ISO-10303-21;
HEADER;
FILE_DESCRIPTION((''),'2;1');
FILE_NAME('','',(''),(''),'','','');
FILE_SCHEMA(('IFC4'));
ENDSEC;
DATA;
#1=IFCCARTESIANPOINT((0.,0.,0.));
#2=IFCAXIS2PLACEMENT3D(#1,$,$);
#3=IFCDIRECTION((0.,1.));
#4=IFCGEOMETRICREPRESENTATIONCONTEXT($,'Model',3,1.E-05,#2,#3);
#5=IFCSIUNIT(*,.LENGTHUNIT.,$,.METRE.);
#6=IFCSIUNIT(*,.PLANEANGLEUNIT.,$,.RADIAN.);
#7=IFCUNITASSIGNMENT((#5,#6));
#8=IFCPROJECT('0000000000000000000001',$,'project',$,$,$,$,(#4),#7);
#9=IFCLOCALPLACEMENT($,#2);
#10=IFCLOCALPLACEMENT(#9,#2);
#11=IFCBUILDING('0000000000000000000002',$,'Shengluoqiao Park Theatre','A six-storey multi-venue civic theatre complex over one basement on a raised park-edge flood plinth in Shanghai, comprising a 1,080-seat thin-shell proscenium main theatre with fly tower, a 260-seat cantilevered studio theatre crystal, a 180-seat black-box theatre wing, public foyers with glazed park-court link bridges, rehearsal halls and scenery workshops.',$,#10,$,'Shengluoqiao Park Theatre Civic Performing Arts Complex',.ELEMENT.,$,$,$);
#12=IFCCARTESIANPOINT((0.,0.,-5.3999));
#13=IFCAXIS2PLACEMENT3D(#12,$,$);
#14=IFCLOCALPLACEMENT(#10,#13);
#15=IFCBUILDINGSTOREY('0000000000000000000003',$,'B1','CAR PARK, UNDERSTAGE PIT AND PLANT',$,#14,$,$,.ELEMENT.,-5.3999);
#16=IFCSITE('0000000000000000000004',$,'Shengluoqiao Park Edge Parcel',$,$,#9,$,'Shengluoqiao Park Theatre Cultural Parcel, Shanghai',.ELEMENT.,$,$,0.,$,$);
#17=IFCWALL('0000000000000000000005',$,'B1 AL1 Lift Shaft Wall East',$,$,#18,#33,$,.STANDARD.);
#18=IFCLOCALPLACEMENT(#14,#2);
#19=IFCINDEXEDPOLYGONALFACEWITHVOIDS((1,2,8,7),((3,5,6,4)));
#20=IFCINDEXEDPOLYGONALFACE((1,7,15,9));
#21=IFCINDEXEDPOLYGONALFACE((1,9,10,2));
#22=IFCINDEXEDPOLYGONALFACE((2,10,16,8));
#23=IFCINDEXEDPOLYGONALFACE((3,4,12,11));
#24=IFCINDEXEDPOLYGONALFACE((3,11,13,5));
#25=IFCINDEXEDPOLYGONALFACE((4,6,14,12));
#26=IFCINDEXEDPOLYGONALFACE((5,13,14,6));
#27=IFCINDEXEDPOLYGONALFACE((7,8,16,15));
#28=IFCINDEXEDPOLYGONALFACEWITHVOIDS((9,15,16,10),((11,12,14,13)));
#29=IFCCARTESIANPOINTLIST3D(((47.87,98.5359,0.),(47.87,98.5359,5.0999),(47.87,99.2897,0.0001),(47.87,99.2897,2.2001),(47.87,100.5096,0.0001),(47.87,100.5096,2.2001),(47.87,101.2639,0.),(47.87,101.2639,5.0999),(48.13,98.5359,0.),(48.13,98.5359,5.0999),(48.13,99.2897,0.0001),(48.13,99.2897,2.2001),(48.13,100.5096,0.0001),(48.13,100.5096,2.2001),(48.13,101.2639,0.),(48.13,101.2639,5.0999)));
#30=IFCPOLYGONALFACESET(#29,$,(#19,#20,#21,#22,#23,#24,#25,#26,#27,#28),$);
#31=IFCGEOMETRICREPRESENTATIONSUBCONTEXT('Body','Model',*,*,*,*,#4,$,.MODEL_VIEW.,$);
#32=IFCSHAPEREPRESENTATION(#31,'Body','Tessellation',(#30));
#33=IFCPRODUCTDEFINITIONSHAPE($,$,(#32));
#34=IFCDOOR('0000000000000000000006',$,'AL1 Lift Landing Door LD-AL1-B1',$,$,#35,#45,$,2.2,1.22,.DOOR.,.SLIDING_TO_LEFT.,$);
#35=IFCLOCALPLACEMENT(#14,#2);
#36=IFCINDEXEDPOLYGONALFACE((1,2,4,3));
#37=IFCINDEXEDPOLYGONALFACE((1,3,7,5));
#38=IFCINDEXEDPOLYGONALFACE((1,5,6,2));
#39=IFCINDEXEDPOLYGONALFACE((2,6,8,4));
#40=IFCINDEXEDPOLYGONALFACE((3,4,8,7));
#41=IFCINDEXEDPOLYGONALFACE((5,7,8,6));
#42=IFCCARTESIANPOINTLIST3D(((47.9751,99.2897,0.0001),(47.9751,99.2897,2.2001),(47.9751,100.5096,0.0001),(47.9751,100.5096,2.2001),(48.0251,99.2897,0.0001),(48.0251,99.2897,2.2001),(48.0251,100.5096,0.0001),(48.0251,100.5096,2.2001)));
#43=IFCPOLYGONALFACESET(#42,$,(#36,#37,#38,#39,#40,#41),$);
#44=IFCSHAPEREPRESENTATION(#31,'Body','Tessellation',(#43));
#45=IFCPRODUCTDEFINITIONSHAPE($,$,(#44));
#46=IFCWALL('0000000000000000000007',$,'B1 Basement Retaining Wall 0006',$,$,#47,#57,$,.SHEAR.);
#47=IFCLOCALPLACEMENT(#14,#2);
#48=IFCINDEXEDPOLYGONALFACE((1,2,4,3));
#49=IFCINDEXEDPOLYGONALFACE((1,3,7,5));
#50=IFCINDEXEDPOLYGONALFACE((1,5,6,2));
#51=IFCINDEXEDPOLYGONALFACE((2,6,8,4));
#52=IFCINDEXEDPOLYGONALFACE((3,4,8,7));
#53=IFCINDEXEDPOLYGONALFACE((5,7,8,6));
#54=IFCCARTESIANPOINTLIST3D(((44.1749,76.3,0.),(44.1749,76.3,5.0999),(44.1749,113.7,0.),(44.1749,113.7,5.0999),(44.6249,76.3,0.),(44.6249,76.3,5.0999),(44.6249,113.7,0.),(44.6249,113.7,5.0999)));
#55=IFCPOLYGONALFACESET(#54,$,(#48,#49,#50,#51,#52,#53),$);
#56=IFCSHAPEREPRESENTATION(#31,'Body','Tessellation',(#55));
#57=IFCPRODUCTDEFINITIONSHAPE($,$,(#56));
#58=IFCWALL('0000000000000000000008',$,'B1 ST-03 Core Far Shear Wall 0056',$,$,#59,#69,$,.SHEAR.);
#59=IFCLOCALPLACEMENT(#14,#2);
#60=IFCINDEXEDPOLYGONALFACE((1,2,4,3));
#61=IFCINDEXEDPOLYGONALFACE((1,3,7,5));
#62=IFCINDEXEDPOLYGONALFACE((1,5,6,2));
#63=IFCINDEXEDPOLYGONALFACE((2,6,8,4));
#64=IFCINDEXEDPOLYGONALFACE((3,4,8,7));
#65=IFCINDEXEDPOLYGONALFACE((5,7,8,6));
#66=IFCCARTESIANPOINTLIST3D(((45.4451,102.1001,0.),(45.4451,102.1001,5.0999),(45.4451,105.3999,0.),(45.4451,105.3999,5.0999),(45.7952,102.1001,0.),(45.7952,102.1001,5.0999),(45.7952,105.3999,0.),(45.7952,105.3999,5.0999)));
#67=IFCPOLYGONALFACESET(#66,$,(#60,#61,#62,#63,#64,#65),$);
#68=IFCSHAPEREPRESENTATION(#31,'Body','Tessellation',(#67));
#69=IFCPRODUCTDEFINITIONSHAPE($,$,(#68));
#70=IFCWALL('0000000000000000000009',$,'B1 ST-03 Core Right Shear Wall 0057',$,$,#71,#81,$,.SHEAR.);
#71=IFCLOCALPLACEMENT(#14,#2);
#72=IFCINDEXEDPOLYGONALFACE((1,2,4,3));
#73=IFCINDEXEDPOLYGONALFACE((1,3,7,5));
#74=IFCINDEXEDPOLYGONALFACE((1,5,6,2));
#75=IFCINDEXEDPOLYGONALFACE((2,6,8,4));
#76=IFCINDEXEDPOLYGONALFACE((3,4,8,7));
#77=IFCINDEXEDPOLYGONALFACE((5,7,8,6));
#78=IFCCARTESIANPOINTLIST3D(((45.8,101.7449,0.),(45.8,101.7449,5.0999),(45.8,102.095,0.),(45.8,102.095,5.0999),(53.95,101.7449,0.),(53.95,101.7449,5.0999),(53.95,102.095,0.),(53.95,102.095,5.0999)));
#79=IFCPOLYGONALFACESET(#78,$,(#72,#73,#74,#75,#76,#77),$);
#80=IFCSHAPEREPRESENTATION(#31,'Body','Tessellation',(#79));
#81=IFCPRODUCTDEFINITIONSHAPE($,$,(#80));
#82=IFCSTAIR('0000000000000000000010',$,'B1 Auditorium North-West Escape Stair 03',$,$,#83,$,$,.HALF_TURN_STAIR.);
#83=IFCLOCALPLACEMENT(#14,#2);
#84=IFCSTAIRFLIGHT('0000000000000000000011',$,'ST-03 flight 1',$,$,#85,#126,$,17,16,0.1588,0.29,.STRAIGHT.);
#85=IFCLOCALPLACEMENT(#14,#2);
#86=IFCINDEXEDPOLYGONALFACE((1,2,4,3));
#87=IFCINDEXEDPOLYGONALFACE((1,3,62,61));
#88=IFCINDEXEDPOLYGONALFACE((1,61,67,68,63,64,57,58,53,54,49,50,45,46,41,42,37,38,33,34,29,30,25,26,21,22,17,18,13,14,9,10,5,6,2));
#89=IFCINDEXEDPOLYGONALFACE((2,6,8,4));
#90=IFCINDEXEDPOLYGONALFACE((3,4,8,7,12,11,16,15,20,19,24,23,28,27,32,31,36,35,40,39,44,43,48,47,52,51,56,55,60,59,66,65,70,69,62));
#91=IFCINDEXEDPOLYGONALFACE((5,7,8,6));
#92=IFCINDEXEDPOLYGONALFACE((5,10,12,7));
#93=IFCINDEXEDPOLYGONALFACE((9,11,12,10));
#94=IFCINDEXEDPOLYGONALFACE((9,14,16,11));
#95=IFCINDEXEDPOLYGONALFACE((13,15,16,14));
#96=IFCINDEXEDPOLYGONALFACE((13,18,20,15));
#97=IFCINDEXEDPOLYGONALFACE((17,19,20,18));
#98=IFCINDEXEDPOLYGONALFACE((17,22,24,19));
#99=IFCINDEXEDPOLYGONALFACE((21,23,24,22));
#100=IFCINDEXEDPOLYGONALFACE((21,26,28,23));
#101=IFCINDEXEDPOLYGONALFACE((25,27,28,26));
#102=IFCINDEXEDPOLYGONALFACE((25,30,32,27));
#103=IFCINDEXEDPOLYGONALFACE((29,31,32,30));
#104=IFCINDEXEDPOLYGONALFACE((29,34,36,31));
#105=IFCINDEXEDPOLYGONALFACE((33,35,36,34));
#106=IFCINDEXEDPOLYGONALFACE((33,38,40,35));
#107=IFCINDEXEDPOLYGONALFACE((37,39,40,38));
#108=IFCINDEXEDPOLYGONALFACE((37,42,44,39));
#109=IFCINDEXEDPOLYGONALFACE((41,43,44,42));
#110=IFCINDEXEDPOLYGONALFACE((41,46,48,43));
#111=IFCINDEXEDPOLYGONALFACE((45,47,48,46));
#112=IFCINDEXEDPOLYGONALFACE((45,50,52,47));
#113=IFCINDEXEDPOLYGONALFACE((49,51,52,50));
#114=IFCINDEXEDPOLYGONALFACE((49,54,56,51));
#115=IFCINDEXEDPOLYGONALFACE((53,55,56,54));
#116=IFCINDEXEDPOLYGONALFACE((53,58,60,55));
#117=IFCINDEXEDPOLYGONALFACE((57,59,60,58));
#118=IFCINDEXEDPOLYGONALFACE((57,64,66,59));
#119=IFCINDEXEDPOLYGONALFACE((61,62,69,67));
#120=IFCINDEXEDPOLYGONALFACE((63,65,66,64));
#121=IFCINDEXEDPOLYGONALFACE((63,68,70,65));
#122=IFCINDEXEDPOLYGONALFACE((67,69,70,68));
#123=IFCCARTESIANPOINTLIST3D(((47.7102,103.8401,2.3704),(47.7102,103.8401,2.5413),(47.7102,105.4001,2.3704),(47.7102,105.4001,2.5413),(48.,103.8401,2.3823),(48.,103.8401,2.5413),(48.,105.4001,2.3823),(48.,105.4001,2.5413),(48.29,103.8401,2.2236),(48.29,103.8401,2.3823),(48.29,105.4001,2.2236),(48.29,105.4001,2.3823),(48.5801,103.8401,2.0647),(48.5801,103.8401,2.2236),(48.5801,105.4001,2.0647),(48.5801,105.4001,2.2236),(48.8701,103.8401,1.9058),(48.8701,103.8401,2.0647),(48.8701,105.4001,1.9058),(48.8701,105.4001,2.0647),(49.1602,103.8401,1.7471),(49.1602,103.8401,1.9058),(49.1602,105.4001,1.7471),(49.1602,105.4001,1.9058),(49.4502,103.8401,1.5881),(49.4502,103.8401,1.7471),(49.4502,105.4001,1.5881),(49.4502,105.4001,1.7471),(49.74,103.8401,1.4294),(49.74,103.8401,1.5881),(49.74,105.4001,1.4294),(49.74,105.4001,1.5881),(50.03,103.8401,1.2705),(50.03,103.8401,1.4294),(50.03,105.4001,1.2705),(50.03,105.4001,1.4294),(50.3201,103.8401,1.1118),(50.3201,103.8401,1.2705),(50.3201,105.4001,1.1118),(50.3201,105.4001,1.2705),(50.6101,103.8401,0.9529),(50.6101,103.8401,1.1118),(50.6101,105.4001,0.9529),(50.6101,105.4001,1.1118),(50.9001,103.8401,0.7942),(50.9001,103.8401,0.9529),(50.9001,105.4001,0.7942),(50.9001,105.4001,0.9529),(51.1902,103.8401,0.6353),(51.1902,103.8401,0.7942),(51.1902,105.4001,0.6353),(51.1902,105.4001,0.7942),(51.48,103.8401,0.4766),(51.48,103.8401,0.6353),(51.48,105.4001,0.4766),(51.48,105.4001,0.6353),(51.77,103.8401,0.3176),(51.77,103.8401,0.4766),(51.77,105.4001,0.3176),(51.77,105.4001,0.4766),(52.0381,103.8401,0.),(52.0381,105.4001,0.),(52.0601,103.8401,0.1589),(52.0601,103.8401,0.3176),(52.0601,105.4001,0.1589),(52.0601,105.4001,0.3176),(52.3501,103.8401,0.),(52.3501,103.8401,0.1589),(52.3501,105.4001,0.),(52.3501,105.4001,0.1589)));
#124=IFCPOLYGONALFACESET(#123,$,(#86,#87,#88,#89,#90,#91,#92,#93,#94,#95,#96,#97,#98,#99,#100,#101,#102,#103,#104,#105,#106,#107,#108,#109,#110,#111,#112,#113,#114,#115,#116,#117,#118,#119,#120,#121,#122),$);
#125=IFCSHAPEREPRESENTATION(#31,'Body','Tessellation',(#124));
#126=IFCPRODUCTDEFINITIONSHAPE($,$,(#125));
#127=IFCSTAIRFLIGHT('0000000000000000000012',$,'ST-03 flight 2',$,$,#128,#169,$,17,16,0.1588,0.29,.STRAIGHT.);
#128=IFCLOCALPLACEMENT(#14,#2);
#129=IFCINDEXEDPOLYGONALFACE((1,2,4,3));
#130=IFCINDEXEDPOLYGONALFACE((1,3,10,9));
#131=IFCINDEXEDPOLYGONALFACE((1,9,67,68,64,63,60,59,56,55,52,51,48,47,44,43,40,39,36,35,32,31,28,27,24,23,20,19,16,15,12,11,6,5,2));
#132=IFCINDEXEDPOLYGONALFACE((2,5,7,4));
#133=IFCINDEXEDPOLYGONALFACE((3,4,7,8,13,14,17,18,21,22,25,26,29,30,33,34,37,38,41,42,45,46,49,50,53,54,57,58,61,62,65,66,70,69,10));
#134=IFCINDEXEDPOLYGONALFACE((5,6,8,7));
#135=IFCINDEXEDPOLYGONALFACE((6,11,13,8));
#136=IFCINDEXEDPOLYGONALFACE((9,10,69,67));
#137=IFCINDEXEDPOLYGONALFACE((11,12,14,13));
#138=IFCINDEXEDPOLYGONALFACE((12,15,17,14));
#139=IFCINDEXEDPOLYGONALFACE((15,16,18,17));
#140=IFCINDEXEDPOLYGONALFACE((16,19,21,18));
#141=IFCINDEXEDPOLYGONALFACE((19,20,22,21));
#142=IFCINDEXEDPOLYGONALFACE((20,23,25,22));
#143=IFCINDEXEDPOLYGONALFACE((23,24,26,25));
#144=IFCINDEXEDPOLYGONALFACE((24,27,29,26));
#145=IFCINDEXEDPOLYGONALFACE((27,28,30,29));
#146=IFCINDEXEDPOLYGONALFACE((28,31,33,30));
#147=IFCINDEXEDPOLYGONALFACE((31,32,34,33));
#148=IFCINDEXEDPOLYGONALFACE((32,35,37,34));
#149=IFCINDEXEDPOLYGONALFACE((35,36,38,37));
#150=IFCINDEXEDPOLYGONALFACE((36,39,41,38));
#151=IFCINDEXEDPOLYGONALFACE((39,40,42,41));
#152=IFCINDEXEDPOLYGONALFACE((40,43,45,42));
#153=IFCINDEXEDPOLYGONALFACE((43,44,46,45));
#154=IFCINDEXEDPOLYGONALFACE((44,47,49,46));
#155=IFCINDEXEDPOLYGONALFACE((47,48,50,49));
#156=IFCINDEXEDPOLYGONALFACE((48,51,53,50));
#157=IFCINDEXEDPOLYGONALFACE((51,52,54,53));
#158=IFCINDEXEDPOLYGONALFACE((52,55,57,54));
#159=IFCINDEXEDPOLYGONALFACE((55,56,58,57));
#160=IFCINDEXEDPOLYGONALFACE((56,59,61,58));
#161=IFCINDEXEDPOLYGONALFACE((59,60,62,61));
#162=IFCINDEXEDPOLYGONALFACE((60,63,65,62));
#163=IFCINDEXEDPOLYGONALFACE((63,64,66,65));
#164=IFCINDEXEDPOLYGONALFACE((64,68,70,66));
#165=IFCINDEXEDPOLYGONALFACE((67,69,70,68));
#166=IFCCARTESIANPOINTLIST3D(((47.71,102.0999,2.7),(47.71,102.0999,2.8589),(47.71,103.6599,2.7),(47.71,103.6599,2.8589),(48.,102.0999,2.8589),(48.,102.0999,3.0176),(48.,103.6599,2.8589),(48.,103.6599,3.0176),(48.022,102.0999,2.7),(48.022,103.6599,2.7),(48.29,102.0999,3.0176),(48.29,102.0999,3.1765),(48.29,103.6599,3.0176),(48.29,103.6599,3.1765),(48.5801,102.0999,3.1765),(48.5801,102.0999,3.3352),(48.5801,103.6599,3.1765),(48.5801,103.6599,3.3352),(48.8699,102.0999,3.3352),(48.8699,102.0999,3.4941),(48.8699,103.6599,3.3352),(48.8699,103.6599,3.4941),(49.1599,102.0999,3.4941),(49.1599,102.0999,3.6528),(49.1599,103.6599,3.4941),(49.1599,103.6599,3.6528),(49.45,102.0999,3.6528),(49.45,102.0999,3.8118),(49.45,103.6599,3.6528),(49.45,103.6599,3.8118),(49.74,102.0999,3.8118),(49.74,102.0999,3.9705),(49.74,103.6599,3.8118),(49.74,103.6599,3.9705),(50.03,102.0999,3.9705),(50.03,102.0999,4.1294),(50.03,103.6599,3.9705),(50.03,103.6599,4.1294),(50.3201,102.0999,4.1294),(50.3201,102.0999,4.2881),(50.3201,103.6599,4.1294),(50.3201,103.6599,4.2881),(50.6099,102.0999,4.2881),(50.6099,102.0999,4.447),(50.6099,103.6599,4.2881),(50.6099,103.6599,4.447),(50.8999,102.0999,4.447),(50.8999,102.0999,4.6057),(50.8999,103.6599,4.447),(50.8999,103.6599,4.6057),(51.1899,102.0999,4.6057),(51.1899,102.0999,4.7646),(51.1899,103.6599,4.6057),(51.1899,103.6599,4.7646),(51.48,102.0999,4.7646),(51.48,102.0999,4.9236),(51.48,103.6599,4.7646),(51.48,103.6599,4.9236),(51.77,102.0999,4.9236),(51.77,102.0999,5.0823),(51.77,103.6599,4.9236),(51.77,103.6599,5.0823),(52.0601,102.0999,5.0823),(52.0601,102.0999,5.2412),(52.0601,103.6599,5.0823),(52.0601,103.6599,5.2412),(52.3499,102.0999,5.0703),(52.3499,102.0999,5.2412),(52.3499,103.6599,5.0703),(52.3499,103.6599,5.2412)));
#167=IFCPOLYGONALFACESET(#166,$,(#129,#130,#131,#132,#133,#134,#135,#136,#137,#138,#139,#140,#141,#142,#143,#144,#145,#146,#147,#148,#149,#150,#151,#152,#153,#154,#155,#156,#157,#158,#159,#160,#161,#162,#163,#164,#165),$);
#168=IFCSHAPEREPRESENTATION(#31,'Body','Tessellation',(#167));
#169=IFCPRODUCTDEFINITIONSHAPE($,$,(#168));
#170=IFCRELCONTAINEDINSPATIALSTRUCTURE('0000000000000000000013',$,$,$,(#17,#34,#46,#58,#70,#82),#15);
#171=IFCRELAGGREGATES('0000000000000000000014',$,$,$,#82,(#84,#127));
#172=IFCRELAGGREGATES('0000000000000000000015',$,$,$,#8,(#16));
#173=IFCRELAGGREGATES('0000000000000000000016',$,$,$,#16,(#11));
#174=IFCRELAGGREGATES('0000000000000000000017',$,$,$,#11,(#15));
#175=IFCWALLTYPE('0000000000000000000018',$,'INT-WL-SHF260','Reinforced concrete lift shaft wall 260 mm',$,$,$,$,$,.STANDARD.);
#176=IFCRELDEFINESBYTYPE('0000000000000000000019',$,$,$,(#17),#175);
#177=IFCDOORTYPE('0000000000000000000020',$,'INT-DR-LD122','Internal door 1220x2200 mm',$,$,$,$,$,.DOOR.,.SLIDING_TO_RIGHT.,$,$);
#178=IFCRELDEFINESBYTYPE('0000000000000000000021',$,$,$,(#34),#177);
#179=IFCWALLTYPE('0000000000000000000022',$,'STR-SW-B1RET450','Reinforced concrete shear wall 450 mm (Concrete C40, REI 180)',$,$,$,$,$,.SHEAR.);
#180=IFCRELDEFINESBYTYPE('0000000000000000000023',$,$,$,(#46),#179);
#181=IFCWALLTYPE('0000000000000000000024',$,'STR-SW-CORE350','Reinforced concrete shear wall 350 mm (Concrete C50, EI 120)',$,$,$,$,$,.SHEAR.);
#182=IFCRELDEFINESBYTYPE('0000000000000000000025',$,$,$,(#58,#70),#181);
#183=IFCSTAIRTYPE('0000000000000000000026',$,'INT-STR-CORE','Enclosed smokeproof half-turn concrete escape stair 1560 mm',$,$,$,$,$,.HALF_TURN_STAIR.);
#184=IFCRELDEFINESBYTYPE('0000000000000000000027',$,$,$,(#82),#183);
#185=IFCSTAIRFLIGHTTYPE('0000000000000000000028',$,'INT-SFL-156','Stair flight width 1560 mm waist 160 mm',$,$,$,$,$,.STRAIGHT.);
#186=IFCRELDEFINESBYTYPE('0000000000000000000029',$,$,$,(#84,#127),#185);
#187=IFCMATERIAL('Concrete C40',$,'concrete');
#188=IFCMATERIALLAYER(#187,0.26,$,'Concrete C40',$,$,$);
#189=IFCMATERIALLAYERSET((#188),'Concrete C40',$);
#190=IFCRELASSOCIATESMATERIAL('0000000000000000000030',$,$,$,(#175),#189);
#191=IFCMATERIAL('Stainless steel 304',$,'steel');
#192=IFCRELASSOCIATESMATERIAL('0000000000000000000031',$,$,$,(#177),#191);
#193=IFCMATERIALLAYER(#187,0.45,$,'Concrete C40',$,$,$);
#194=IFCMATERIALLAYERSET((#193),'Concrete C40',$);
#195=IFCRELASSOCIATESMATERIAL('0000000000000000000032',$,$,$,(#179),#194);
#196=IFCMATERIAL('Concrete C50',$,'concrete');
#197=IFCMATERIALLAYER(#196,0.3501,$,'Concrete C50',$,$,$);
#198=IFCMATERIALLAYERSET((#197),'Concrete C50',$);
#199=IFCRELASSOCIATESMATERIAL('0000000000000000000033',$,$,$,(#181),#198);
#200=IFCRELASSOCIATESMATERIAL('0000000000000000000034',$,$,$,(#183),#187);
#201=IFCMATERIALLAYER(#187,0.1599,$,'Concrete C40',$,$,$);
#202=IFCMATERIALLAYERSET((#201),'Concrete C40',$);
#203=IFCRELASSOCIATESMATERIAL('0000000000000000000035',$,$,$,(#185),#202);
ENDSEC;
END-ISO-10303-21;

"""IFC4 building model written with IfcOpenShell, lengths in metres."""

from ifc_helpers import new_model, si_unit, direction, frame, frame_2d, origin, place, context, subcontext, project, spatial, polyline, rectangle, outline, extrude, material, layer, layer_set, type_object, element, fill, aggregate, save


model = new_model("IFC4")

# Units and contexts
model_context = context("Model", 3, precision=1e-05, world=origin(), true_north=direction((0.0, 1.0)))
body_context = subcontext(model_context, "Body", "Model", "MODEL_VIEW")
ifc_project = project(units=[si_unit("LENGTHUNIT", "METRE"), si_unit("PLANEANGLEUNIT", "RADIAN")], contexts=[model_context])

# Site, building, storey
site_placement = place(None, origin())
site = spatial("IfcSite", under=ifc_project, at=site_placement, Name="Shengluoqiao Park Edge Parcel", LongName="Shengluoqiao Park Theatre Cultural Parcel, Shanghai", CompositionType="ELEMENT", RefElevation=0.0)
building_placement = place(site_placement, origin())
building = spatial("IfcBuilding", under=site, at=building_placement, Name="Shengluoqiao Park Theatre", Description="A six-storey multi-venue civic theatre complex over one basement on a raised park-edge flood plinth in Shanghai, comprising a 1,080-seat thin-shell proscenium main theatre with fly tower, a 260-seat cantilevered studio theatre crystal, a 180-seat black-box theatre wing, public foyers with glazed park-court link bridges, rehearsal halls and scenery workshops.", LongName="Shengluoqiao Park Theatre Civic Performing Arts Complex", CompositionType="ELEMENT")
storey_placement = place(building_placement, frame((0.0, 0.0, -5.3999)))
storey = spatial("IfcBuildingStorey", under=building, at=storey_placement, Name="B1", Description="CAR PARK, UNDERSTAGE PIT AND PLANT", CompositionType="ELEMENT", Elevation=-5.3999)

# Shared definitions
ifc_material_1 = material(Name="Concrete C40", Category="concrete")

# Shared definitions
ifc_material_2 = material(Name="Concrete C50", Category="concrete")

# Shared definitions
ifc_layer_1 = layer(ifc_material_1, 0.26, Name="Concrete C40")
ifc_layer_set_1 = layer_set([ifc_layer_1], Name="Concrete C40")
wall_type_1 = type_object("IfcWallType", Name="INT-WL-SHF260", Description="Reinforced concrete lift shaft wall 260 mm", PredefinedType="STANDARD", material=ifc_layer_set_1)

# Shared definitions
ifc_material_3 = material(Name="Stainless steel 304", Category="steel")
door_type = type_object("IfcDoorType", Name="INT-DR-LD122", Description="Internal door 1220x2200 mm", OperationType="SLIDING_TO_RIGHT", PredefinedType="DOOR", material=ifc_material_3)

# Wall, opening, door
wall_1_placement = place(storey_placement, frame((48.0, 98.5359, 0.0), z_axis=(0.0, 0.0, 1.0), x_axis=(0.0, 1.0, 0.0)))
wall_1 = element("IfcWall", 1, at=wall_1_placement, inside=storey, type_object=wall_type_1, Name="B1 AL1 Lift Shaft Wall East", PredefinedType="STANDARD", context=body_context, shape_type="SweptSolid", body=[
    extrude(rectangle(XDim=2.728, YDim=0.26, at=frame_2d((1.364, 0.0))), origin(), (0.0, 0.0, 1.0), 5.0999),
])
opening_1_placement = place(wall_1_placement, frame((0.7539, 0.0, 0.0)))
opening_1 = element("IfcOpeningElement", 2, at=opening_1_placement, cuts=wall_1, PredefinedType="OPENING", context=body_context, shape_type="SweptSolid", body=[
    extrude(rectangle(XDim=1.22, YDim=2.2, at=frame_2d((0.6099, 1.1001))), frame((0.0, 0.1399, 0.0), z_axis=(0.0, -1.0, 0.0), x_axis=(1.0, 0.0, 0.0)), (0.0, 0.0, 1.0), 0.28),
])
door_1_placement = place(opening_1_placement, origin())
door_1 = element("IfcDoor", 3, at=door_1_placement, inside=storey, type_object=door_type, Name="AL1 Lift Landing Door LD-AL1-B1", OperationType="SLIDING_TO_LEFT", OverallHeight=2.2, OverallWidth=1.22, PredefinedType="DOOR", context=body_context, shape_type="SweptSolid", body=[
    extrude(rectangle(XDim=1.22, YDim=2.2, at=frame_2d((0.6099, 1.1001))), frame((0.0, 0.0249, 0.0), z_axis=(0.0, -1.0, 0.0), x_axis=(1.0, 0.0, 0.0)), (0.0, 0.0, 1.0), 0.05),
])
fill(opening_1, door_1)

# Walls
ifc_layer_2 = layer(ifc_material_1, 0.45, Name="Concrete C40")
ifc_layer_set_2 = layer_set([ifc_layer_2], Name="Concrete C40")
wall_type_2 = type_object("IfcWallType", Name="STR-SW-B1RET450", Description="Reinforced concrete shear wall 450 mm (Concrete C40, REI 180)", PredefinedType="SHEAR", material=ifc_layer_set_2)
wall_2_placement = place(storey_placement, frame((44.3999, 113.7, 0.0), z_axis=(0.0, 0.0, 1.0), x_axis=(0.0, -1.0, 0.0)))
element("IfcWall", 4, at=wall_2_placement, inside=storey, type_object=wall_type_2, Name="B1 Basement Retaining Wall 0006", PredefinedType="SHEAR", context=body_context, shape_type="SweptSolid", body=[
    extrude(rectangle(XDim=37.3999, YDim=0.45, at=frame_2d((18.7, 0.0))), origin(), (0.0, 0.0, 1.0), 5.0999),
])
ifc_layer_3 = layer(ifc_material_2, 0.3501, Name="Concrete C50")
ifc_layer_set_3 = layer_set([ifc_layer_3], Name="Concrete C50")
wall_type_3 = type_object("IfcWallType", Name="STR-SW-CORE350", Description="Reinforced concrete shear wall 350 mm (Concrete C50, EI 120)", PredefinedType="SHEAR", material=ifc_layer_set_3)
wall_3_placement = place(storey_placement, frame((45.6201, 105.3999, 0.0), z_axis=(0.0, 0.0, 1.0), x_axis=(0.0, -1.0, 0.0)))
element("IfcWall", 5, at=wall_3_placement, inside=storey, type_object=wall_type_3, Name="B1 ST-03 Core Far Shear Wall 0056", PredefinedType="SHEAR", context=body_context, shape_type="SweptSolid", body=[
    extrude(rectangle(XDim=3.2998, YDim=0.3501, at=frame_2d((1.6499, 0.0))), origin(), (0.0, 0.0, 1.0), 5.0999),
])
wall_4_placement = place(storey_placement, frame((45.8, 101.9199, 0.0), z_axis=(0.0, 0.0, 1.0), x_axis=(1.0, 0.0, 0.0)))
element("IfcWall", 6, at=wall_4_placement, inside=storey, type_object=wall_type_3, Name="B1 ST-03 Core Right Shear Wall 0057", PredefinedType="SHEAR", context=body_context, shape_type="SweptSolid", body=[
    extrude(rectangle(XDim=8.1499, YDim=0.3501, at=frame_2d((4.075, 0.0))), origin(), (0.0, 0.0, 1.0), 5.0999),
])

# Stair, stair flights
stair_type = type_object("IfcStairType", Name="INT-STR-CORE", Description="Enclosed smokeproof half-turn concrete escape stair 1560 mm", PredefinedType="HALF_TURN_STAIR", material=ifc_material_1)
stair_placement = place(storey_placement, origin())
stair = element("IfcStair", 7, at=stair_placement, inside=storey, type_object=stair_type, Name="B1 Auditorium North-West Escape Stair 03", PredefinedType="HALF_TURN_STAIR")
ifc_layer_4 = layer(ifc_material_1, 0.1599, Name="Concrete C40")
ifc_layer_set_4 = layer_set([ifc_layer_4], Name="Concrete C40")
stair_flight_type = type_object("IfcStairFlightType", Name="INT-SFL-156", Description="Stair flight width 1560 mm waist 160 mm", PredefinedType="STRAIGHT", material=ifc_layer_set_4)
stair_flight_1_placement = place(storey_placement, frame((52.3501, 104.6201, 0.0), z_axis=(0.0, 0.0, 1.0), x_axis=(-1.0, 0.0, 0.0)))
stair_flight_1 = element("IfcStairFlight", 8, at=stair_flight_1_placement, type_object=stair_flight_type, Name="ST-03 flight 1", NumberOfRisers=17, NumberOfTreads=16, PredefinedType="STRAIGHT", RiserHeight=0.1588, TreadLength=0.29, context=body_context, shape_type="SweptSolid", body=[
    extrude(outline(polyline([(0.0, 0.0), (0.0, 0.1589), (0.29, 0.1589), (0.29, 0.3176), (0.5801, 0.3176), (0.5801, 0.4766), (0.8701, 0.4766), (0.8701, 0.6353), (1.1599, 0.6353), (1.1599, 0.7942), (1.45, 0.7942), (1.45, 0.9529), (1.74, 0.9529), (1.74, 1.1118), (2.03, 1.1118), (2.03, 1.2705), (2.3201, 1.2705), (2.3201, 1.4294), (2.6101, 1.4294), (2.6101, 1.5881), (2.8999, 1.5881), (2.8999, 1.7471), (3.1899, 1.7471), (3.1899, 1.9058), (3.48, 1.9058), (3.48, 2.0647), (3.77, 2.0647), (3.77, 2.2236), (4.0601, 2.2236), (4.0601, 2.3823), (4.3501, 2.3823), (4.3501, 2.5413), (4.6399, 2.5413), (4.6399, 2.7), (4.6399, 2.3704), (0.312, 0.0), (0.0, 0.0)])), frame((0.0, 0.78, 0.0), z_axis=(0.0, -1.0, 0.0), x_axis=(1.0, 0.0, 0.0)), (0.0, 0.0, 1.0), 1.5601),
])
stair_flight_2_placement = place(storey_placement, frame((47.71, 102.8799, 2.7), z_axis=(0.0, 0.0, 1.0), x_axis=(1.0, 0.0, 0.0)))
stair_flight_2 = element("IfcStairFlight", 9, at=stair_flight_2_placement, type_object=stair_flight_type, Name="ST-03 flight 2", NumberOfRisers=17, NumberOfTreads=16, PredefinedType="STRAIGHT", RiserHeight=0.1588, TreadLength=0.29, context=body_context, shape_type="SweptSolid", body=[
    extrude(outline(polyline([(0.0, 0.0), (0.0, 0.1589), (0.29, 0.1589), (0.29, 0.3176), (0.5801, 0.3176), (0.5801, 0.4766), (0.8701, 0.4766), (0.8701, 0.6353), (1.1599, 0.6353), (1.1599, 0.7942), (1.45, 0.7942), (1.45, 0.9529), (1.74, 0.9529), (1.74, 1.1118), (2.03, 1.1118), (2.03, 1.2705), (2.3201, 1.2705), (2.3201, 1.4294), (2.6101, 1.4294), (2.6101, 1.5881), (2.8999, 1.5881), (2.8999, 1.7471), (3.1899, 1.7471), (3.1899, 1.9058), (3.48, 1.9058), (3.48, 2.0647), (3.77, 2.0647), (3.77, 2.2236), (4.0601, 2.2236), (4.0601, 2.3823), (4.3501, 2.3823), (4.3501, 2.5413), (4.6399, 2.5413), (4.6399, 2.7), (4.6399, 2.3704), (0.312, 0.0), (0.0, 0.0)])), frame((0.0, 0.78, 0.0), z_axis=(0.0, -1.0, 0.0), x_axis=(1.0, 0.0, 0.0)), (0.0, 0.0, 1.0), 1.5601),
])
aggregate(stair, [stair_flight_1, stair_flight_2])

save(model, "model.ifc")
